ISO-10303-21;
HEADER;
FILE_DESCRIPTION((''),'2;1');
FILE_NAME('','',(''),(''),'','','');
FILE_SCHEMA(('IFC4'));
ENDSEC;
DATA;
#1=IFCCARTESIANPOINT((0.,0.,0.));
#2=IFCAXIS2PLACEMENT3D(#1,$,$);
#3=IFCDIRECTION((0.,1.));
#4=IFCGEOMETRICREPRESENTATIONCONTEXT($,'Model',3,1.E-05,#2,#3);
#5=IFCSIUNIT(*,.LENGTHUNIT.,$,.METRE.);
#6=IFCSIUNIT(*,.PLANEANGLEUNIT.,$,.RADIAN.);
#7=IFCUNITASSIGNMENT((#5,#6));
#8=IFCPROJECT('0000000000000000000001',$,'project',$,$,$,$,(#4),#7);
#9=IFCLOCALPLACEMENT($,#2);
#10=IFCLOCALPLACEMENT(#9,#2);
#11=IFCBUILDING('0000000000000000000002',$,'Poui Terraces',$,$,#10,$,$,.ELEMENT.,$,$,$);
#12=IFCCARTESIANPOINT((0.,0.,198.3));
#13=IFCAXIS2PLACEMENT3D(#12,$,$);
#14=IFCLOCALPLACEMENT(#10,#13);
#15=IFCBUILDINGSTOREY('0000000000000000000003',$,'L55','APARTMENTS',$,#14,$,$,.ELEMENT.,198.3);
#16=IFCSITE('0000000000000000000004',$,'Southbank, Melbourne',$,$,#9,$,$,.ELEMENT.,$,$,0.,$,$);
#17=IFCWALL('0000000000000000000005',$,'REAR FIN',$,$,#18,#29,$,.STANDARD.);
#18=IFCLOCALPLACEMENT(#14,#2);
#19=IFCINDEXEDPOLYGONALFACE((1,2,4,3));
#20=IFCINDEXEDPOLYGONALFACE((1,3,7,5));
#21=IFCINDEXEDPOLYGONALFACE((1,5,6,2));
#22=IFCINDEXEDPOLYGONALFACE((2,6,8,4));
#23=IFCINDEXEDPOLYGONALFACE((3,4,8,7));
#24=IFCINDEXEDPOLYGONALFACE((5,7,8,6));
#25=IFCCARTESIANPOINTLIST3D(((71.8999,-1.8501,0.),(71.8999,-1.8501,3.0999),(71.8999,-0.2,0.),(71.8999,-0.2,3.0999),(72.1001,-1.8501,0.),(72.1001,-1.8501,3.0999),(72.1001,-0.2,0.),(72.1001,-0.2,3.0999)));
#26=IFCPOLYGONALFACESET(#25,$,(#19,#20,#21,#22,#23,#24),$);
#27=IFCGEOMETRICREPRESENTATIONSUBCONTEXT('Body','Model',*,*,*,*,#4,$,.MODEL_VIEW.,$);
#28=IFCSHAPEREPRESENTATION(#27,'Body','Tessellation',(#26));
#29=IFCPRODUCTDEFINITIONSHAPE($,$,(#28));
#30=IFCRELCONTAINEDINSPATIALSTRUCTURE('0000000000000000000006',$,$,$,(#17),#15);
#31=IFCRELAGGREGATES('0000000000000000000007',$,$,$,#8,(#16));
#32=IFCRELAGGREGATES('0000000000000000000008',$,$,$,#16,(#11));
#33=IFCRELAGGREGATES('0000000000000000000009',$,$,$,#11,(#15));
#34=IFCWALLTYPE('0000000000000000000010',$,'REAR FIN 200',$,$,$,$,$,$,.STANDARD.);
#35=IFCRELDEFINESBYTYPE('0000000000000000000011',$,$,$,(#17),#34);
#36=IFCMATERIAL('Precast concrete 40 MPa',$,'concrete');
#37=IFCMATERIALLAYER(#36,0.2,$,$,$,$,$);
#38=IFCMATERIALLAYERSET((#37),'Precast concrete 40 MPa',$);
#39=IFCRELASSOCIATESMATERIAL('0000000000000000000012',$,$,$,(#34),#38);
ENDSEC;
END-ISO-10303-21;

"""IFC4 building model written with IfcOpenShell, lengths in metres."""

from ifc_helpers import new_model, si_unit, direction, frame, origin, place, context, subcontext, project, spatial, polyline, outline, extrude, source, transform, mapped, material, layer, layer_set, type_object, element, save


model = new_model("IFC4")

# Units and contexts
model_context = context("Model", 3, precision=1e-05, world=origin(), true_north=direction((0.0, 1.0)))
body_context = subcontext(model_context, "Body", "Model", "MODEL_VIEW")
ifc_project = project(units=[si_unit("LENGTHUNIT", "METRE"), si_unit("PLANEANGLEUNIT", "RADIAN")], contexts=[model_context])

# Site, building, storey
site_placement = place(None, origin())
site = spatial("IfcSite", under=ifc_project, at=site_placement, Name="Southbank, Melbourne", CompositionType="ELEMENT", RefElevation=0.0)
building_placement = place(site_placement, origin())
building = spatial("IfcBuilding", under=site, at=building_placement, Name="Poui Terraces", CompositionType="ELEMENT")
storey_placement = place(building_placement, frame((0.0, 0.0, 198.3)))
storey = spatial("IfcBuildingStorey", under=building, at=storey_placement, Name="L55", Description="APARTMENTS", CompositionType="ELEMENT", Elevation=198.3)

# Shared definitions
ifc_material_1 = material(Name="Precast concrete 40 MPa", Category="concrete")

# Wall
ifc_layer_1 = layer(ifc_material_1, 0.2)
ifc_layer_set_1 = layer_set([ifc_layer_1], Name="Precast concrete 40 MPa")
wall_type_1 = type_object("IfcWallType", Name="REAR FIN 200", PredefinedType="STANDARD", material=ifc_layer_set_1)
shared_shape_1 = source(origin(), body_context, "Body", "SweptSolid", [
    extrude(outline(polyline([(0.0, 0.0), (0.2002, 0.0), (0.2002, 1.6501), (0.0, 1.6501), (0.0, 0.0)])), origin(), (0.0, 0.0, 1.0), 3.0999),
])
for number, where, name in (
    (1, (71.8999, -1.8501, 0.0), "REAR FIN"),
):
    element("IfcWall", number, at=place(storey_placement, frame(where)), inside=storey, type_object=wall_type_1, Name=name, PredefinedType="STANDARD", context=body_context, shape_type="MappedRepresentation", body=[
        mapped(shared_shape_1, transform((0.0, 0.0, 0.0))),
    ])

save(model, "model.ifc")
